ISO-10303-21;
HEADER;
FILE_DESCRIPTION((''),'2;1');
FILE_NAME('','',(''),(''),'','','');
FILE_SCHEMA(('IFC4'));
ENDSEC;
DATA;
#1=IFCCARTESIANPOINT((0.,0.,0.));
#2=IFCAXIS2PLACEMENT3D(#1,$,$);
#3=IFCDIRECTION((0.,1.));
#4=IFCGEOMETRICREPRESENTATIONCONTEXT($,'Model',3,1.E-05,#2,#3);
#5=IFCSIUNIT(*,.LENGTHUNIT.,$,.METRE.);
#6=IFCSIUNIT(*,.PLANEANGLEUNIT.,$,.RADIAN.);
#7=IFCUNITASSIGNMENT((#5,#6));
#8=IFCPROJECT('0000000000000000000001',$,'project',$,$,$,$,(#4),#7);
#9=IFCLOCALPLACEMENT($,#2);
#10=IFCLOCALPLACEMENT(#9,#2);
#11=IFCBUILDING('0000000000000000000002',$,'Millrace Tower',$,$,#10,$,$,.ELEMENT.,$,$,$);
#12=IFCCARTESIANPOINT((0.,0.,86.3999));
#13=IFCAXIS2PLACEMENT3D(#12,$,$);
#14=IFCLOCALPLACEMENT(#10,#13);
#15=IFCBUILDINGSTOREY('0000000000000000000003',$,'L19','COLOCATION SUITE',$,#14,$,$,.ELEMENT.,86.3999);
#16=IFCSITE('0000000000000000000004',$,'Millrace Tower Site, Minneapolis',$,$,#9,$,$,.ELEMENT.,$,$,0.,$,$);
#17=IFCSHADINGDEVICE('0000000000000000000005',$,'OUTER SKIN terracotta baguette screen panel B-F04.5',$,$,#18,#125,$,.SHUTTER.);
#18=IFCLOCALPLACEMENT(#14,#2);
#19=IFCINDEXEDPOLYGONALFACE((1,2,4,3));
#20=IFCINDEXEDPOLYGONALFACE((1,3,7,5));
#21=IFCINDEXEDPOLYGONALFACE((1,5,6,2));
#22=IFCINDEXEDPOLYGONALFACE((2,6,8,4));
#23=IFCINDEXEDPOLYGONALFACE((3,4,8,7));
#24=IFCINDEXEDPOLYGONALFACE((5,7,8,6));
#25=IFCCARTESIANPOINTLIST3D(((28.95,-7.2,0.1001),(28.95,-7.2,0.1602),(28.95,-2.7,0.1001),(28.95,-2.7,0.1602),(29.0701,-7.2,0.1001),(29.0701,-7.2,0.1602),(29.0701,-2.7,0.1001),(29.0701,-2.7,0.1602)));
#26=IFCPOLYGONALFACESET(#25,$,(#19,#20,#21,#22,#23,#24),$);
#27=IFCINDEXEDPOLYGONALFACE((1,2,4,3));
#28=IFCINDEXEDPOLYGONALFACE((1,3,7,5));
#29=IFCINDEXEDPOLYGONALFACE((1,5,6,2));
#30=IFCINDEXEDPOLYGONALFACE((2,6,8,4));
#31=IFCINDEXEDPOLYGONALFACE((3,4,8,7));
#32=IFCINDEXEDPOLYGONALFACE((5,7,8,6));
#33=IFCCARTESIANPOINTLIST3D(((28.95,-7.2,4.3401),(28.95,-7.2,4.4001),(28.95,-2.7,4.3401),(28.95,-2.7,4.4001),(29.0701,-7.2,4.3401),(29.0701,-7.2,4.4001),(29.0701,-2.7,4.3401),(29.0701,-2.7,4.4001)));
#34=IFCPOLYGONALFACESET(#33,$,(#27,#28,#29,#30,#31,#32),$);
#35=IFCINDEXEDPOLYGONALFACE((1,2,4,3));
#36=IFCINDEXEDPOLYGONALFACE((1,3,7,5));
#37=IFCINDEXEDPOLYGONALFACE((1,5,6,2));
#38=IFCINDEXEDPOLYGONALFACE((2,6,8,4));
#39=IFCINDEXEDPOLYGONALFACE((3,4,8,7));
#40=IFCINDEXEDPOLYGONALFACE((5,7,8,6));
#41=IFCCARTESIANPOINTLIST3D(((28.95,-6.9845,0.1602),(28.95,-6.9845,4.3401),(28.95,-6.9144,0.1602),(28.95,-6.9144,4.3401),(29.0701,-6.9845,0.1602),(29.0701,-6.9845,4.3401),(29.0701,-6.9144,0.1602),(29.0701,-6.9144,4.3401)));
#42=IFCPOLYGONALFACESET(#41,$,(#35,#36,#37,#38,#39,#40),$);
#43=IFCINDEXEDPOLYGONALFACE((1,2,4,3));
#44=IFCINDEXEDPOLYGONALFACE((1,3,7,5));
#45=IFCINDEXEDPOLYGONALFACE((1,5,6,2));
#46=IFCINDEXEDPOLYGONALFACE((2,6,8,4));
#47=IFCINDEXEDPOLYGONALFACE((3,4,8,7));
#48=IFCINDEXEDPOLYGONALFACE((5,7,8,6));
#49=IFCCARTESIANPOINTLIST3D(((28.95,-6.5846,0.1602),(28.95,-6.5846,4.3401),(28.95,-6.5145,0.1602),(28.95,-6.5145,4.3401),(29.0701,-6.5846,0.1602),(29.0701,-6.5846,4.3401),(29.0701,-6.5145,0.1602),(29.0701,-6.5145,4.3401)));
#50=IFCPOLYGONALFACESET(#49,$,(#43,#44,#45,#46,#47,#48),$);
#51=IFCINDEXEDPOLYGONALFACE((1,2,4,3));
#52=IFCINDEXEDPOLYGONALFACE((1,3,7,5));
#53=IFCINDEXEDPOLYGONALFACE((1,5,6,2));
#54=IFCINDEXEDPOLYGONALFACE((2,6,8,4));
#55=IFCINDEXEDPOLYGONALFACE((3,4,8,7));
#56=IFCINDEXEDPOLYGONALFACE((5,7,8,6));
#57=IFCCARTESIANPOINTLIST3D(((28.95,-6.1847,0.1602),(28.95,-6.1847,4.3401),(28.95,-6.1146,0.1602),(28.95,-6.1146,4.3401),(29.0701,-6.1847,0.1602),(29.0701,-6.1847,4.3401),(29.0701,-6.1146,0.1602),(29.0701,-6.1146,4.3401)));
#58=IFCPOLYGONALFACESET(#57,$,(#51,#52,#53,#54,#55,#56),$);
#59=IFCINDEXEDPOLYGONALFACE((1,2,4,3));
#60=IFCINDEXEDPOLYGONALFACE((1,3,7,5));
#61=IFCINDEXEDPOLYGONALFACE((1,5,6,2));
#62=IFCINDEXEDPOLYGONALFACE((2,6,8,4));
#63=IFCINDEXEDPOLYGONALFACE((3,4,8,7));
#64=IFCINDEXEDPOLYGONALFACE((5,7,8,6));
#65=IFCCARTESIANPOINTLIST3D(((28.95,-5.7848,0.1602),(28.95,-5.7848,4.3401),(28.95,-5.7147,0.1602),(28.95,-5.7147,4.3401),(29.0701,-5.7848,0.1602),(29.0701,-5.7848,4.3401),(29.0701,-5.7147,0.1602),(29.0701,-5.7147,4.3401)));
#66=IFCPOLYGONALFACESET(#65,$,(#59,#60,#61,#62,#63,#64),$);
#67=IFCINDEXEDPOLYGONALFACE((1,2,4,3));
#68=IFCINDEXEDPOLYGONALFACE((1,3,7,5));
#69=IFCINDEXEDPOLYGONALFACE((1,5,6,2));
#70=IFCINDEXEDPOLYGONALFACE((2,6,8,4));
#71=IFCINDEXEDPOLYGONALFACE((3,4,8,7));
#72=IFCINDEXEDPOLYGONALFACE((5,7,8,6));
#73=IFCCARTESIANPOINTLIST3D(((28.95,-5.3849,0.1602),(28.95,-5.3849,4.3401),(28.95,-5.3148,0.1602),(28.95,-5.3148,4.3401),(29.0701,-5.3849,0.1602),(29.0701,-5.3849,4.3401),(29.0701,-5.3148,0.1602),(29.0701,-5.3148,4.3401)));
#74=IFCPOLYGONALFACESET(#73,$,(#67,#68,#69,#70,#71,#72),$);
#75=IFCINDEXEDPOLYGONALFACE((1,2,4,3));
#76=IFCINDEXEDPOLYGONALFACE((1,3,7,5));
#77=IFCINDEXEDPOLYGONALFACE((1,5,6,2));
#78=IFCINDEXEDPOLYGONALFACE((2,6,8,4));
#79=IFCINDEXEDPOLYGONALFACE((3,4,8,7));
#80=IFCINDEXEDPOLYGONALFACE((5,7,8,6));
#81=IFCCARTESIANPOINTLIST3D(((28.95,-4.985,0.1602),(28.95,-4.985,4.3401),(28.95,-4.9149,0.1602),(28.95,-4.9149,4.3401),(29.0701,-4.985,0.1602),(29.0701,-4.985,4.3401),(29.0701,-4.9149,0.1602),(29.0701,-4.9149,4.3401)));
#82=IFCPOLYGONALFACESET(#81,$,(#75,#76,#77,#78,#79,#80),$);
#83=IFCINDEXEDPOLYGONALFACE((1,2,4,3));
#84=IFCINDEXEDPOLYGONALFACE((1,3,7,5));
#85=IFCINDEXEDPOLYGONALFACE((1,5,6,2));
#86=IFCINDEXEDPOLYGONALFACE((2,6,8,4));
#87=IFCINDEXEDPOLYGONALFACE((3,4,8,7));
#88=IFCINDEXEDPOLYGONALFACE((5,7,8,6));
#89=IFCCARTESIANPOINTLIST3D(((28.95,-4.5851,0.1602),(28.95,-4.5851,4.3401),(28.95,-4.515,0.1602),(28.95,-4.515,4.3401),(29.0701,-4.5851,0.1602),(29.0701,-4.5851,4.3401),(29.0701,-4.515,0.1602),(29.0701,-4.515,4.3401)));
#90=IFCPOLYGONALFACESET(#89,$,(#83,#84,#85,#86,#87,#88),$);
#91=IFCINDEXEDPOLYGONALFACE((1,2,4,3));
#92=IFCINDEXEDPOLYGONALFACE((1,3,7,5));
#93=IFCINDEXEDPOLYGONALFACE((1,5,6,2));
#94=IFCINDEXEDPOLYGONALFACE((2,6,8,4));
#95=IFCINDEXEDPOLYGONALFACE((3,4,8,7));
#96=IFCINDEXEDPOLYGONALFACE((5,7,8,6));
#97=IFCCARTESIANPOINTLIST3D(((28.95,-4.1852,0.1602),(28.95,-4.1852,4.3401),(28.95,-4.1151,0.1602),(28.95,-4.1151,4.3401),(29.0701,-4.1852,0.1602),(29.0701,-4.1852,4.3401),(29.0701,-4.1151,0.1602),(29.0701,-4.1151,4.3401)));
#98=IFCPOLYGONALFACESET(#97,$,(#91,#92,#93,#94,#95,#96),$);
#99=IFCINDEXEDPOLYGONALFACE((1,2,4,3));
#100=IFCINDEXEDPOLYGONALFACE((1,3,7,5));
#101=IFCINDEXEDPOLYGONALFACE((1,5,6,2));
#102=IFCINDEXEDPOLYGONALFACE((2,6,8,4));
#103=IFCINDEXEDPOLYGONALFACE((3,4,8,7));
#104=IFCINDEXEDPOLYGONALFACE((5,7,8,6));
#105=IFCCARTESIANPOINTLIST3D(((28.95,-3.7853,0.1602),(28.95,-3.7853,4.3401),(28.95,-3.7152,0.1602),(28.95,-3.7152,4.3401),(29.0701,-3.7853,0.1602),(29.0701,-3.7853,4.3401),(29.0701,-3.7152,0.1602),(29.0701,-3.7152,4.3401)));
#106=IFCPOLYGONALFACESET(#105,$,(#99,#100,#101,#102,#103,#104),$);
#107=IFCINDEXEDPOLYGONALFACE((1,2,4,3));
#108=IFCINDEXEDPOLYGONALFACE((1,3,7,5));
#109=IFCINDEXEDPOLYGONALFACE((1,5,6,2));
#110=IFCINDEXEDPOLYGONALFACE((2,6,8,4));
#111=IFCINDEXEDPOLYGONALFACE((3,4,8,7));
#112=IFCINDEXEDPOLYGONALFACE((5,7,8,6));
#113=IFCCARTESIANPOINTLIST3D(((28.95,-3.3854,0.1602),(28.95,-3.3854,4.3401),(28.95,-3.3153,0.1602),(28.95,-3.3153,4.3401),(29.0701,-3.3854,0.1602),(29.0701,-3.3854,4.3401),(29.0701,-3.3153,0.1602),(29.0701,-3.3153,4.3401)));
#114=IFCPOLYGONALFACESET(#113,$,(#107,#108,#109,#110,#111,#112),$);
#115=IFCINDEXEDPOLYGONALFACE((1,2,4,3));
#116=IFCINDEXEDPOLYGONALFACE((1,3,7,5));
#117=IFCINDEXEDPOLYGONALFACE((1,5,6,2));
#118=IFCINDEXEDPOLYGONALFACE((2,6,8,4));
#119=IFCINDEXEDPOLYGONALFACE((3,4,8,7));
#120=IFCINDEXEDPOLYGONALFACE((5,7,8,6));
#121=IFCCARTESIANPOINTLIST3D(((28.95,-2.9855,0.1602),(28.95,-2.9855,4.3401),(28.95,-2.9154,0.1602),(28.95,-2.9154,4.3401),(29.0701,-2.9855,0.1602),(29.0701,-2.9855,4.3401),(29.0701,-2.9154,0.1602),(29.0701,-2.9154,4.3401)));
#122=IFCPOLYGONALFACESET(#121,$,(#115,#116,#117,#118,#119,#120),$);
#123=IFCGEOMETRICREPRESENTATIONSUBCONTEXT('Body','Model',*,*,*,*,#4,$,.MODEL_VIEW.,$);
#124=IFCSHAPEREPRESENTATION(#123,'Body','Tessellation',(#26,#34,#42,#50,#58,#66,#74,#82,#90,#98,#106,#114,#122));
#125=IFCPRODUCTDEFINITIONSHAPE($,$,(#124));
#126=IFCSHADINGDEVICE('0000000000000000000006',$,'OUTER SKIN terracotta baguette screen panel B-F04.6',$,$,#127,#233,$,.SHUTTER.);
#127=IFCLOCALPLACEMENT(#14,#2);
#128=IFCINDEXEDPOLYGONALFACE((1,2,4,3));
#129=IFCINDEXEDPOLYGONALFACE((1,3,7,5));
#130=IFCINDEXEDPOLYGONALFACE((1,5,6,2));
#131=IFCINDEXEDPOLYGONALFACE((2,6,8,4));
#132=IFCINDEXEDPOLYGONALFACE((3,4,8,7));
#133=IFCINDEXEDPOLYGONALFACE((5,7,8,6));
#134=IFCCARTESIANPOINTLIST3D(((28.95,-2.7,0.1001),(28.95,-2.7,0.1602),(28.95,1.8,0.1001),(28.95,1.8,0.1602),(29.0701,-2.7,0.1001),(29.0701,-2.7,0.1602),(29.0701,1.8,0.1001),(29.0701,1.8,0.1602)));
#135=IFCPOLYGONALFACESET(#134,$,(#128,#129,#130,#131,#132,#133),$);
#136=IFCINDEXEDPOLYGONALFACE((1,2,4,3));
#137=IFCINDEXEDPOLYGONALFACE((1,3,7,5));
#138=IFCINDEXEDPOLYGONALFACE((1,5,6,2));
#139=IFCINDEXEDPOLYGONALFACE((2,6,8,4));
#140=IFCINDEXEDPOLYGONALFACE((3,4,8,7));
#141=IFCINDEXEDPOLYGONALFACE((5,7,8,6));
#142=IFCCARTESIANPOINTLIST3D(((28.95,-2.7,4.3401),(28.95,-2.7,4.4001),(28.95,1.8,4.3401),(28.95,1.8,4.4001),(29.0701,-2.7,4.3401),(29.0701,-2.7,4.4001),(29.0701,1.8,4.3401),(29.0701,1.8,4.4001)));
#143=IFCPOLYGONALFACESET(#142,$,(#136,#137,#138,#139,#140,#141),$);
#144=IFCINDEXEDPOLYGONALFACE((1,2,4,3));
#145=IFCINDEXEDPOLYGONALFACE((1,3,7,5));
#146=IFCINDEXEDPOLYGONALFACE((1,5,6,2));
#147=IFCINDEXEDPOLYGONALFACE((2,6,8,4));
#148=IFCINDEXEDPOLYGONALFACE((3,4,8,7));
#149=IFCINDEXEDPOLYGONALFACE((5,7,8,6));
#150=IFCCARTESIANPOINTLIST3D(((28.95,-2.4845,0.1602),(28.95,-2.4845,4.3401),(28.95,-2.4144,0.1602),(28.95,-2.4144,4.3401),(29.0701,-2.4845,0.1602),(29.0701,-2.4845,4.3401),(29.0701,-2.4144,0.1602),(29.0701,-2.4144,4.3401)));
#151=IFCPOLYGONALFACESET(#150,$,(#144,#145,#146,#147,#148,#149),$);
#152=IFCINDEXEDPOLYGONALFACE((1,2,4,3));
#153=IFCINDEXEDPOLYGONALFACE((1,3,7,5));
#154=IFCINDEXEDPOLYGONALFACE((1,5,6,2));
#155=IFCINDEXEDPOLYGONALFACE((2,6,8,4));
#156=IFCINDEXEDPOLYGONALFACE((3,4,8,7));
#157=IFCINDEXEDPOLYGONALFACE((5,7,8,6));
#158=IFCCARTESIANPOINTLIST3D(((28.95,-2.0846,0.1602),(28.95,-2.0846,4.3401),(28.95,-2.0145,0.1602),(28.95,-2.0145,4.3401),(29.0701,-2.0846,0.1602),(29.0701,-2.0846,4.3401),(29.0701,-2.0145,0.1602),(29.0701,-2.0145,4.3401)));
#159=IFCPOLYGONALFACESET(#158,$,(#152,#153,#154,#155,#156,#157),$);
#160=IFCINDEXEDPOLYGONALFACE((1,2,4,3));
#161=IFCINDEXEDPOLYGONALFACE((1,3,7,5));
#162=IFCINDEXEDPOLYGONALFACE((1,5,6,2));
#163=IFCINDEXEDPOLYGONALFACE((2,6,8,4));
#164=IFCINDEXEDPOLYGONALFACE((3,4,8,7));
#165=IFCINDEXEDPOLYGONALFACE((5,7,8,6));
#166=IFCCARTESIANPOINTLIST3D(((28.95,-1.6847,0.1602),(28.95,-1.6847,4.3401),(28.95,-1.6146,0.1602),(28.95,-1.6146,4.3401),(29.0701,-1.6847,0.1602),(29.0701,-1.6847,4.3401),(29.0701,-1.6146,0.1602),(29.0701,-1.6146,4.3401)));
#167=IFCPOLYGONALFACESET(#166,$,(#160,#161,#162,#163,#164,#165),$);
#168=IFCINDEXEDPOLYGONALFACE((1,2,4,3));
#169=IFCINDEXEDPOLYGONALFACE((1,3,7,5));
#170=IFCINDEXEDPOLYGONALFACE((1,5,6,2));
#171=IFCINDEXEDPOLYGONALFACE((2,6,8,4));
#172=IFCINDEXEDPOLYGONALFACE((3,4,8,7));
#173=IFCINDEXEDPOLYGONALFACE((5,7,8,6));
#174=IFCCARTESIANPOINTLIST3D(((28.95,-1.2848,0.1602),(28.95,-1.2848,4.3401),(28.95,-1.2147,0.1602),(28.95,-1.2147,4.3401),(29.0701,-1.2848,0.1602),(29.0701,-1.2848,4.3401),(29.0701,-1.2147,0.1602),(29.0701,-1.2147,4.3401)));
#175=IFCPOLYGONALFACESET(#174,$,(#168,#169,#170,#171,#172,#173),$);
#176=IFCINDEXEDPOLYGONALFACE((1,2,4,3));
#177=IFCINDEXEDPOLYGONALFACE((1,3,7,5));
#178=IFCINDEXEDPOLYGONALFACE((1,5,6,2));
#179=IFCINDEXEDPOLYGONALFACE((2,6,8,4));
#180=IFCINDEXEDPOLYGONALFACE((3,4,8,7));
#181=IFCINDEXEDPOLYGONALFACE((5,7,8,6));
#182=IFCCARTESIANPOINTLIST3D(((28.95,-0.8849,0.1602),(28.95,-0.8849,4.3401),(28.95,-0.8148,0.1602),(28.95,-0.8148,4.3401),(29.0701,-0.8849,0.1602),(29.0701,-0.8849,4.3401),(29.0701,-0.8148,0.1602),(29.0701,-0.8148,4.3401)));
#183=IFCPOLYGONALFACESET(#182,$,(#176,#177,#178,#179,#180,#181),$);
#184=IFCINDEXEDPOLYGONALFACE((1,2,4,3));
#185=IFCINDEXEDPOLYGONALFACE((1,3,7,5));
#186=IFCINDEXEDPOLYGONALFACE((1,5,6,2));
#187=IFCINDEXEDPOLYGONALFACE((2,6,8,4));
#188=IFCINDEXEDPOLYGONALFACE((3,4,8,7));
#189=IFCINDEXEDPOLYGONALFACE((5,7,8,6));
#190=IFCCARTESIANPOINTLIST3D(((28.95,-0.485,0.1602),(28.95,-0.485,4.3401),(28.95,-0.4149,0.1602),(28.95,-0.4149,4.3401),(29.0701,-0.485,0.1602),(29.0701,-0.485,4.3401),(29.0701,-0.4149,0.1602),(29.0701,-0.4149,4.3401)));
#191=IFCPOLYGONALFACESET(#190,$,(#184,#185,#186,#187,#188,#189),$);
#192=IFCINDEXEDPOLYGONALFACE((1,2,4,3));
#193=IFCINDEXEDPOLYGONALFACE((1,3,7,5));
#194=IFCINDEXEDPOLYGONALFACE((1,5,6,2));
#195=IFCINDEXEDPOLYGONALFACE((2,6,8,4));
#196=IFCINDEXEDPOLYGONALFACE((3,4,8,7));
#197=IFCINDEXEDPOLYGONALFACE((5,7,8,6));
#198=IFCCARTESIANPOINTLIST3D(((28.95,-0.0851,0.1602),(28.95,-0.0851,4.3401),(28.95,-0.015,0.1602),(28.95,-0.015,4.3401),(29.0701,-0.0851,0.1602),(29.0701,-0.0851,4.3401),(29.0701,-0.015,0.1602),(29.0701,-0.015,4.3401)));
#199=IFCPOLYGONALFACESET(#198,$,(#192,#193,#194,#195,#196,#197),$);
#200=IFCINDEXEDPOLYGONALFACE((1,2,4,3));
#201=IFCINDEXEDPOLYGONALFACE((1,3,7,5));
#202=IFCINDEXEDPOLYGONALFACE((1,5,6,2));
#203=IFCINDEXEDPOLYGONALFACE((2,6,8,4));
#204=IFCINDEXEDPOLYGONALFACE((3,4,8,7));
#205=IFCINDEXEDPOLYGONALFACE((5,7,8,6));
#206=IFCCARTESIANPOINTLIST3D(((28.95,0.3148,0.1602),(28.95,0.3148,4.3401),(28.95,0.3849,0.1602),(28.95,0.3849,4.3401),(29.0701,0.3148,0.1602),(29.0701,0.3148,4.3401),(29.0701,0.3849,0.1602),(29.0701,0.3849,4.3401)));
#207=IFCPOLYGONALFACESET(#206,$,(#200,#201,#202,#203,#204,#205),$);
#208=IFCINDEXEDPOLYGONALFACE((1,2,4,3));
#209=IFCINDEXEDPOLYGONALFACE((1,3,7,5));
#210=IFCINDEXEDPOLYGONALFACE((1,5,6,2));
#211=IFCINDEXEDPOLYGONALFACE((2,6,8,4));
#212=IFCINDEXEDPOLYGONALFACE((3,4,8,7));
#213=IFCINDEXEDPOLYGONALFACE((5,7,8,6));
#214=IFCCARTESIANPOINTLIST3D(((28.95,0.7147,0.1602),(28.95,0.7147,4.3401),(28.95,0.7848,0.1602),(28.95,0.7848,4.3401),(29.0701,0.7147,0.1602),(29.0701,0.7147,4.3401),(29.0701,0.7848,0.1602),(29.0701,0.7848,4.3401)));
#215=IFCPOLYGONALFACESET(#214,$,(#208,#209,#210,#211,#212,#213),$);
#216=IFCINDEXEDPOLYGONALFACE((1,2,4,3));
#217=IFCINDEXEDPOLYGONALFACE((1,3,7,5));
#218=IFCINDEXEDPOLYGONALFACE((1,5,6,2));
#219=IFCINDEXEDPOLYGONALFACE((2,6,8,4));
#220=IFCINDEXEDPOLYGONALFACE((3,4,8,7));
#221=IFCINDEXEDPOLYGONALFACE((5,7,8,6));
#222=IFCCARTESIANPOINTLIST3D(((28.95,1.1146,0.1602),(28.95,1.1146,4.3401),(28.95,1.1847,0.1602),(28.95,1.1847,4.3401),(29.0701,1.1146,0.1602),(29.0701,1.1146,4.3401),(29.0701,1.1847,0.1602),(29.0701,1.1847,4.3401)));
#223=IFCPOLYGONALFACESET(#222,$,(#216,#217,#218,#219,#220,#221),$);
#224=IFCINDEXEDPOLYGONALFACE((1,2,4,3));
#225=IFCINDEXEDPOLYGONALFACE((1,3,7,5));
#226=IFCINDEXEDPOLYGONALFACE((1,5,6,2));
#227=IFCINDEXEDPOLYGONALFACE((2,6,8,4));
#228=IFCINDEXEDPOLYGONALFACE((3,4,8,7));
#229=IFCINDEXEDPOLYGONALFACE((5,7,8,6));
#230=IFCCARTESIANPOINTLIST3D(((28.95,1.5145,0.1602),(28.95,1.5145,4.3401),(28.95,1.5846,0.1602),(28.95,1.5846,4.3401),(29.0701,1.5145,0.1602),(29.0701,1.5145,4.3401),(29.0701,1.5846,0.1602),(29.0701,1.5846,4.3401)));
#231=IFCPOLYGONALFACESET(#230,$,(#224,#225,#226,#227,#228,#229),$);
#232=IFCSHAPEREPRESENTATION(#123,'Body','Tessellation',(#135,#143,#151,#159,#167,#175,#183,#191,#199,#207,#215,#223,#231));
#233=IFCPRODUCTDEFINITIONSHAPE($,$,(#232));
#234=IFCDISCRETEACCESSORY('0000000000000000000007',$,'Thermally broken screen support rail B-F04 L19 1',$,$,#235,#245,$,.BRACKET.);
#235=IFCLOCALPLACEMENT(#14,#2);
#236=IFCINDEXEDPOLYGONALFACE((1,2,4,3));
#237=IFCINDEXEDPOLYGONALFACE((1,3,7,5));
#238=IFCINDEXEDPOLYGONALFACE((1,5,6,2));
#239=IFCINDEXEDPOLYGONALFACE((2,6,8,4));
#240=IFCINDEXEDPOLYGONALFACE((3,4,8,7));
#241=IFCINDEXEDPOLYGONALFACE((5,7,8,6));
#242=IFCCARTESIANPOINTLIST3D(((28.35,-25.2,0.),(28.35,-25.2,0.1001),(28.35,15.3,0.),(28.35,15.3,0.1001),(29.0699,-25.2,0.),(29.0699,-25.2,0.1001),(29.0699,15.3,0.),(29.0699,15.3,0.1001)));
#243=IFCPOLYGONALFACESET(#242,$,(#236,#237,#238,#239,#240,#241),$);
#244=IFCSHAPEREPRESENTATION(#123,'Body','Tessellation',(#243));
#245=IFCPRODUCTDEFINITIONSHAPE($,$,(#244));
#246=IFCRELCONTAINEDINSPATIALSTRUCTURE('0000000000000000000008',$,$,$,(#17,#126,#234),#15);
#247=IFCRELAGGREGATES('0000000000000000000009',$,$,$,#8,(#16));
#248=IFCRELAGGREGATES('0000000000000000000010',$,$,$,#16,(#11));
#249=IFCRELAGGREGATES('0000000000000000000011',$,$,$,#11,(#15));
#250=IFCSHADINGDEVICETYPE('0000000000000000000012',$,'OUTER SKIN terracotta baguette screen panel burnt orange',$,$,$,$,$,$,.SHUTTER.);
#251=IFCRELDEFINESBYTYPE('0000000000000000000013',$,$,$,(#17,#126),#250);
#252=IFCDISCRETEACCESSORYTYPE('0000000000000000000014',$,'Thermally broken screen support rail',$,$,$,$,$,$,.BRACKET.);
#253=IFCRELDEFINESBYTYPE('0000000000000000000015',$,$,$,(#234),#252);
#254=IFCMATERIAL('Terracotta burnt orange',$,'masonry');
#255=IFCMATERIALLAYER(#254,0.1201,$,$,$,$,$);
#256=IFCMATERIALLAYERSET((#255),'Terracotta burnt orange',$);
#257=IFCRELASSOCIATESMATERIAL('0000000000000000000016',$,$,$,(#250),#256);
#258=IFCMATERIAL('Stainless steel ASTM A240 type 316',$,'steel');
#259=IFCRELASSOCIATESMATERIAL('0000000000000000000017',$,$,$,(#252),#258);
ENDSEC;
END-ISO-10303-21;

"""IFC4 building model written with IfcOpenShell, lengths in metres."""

from ifc_helpers import new_model, entity, si_unit, direction, frame, frame_2d, origin, origin_2d, place, context, subcontext, project, spatial, rectangle, extrude, source, transform, mapped, material, layer, layer_set, type_object, element, save


model = new_model("IFC4")

# Units and contexts
model_context = context("Model", 3, precision=1e-05, world=origin(), true_north=direction((0.0, 1.0)))
body_context = subcontext(model_context, "Body", "Model", "MODEL_VIEW")
ifc_project = project(units=[si_unit("LENGTHUNIT", "METRE"), si_unit("PLANEANGLEUNIT", "RADIAN")], contexts=[model_context])

# Site, building, storey
site_placement = place(None, origin())
site = spatial("IfcSite", under=ifc_project, at=site_placement, Name="Millrace Tower Site, Minneapolis", CompositionType="ELEMENT", RefElevation=0.0)
building_placement = place(site_placement, origin())
building = spatial("IfcBuilding", under=site, at=building_placement, Name="Millrace Tower", CompositionType="ELEMENT")
storey_placement = place(building_placement, frame((0.0, 0.0, 86.3999)))
storey = spatial("IfcBuildingStorey", under=building, at=storey_placement, Name="L19", Description="COLOCATION SUITE", CompositionType="ELEMENT", Elevation=86.3999)

# Shading devices
ifc_material_1 = material(Name="Terracotta burnt orange", Category="masonry")
ifc_layer_1 = layer(ifc_material_1, 0.1201)
ifc_layer_set_1 = layer_set([ifc_layer_1], Name="Terracotta burnt orange")
shading_device_type = type_object("IfcShadingDeviceType", Name="OUTER SKIN terracotta baguette screen panel burnt orange", PredefinedType="SHUTTER", material=ifc_layer_set_1)
cartesian_point = entity("IfcCartesianPoint", [-2.25, 0.0601])
shared_polyline = entity("IfcPolyline", [cartesian_point, entity("IfcCartesianPoint", [2.25, 0.0601]), entity("IfcCartesianPoint", [2.25, -0.0601]), entity("IfcCartesianPoint", [-2.25, -0.0601]), cartesian_point])
shared_shape = source(origin(), body_context, "Body", "SweptSolid", [
    entity("IfcExtrudedAreaSolid", entity("IfcArbitraryClosedProfileDef", "AREA", None, shared_polyline), entity("IfcAxis2Placement3D", entity("IfcCartesianPoint", [0.0, 0.0, 0.0])), entity("IfcDirection", [0.0, 0.0, 1.0]), 0.0601),
    entity("IfcExtrudedAreaSolid", entity("IfcArbitraryClosedProfileDef", "AREA", None, shared_polyline), entity("IfcAxis2Placement3D", entity("IfcCartesianPoint", [0.0, 0.0, 4.24])), entity("IfcDirection", [0.0, 0.0, 1.0]), 0.0601),
    extrude(rectangle(XDim=0.0701, YDim=0.1201, at=frame_2d((-1.9995, 0.0))), frame((0.0, 0.0, 0.0601)), (0.0, 0.0, 1.0), 4.1799),
    extrude(rectangle(XDim=0.0701, YDim=0.1201, at=frame_2d((-1.5996, 0.0))), frame((0.0, 0.0, 0.0601)), (0.0, 0.0, 1.0), 4.1799),
    extrude(rectangle(XDim=0.0701, YDim=0.1201, at=frame_2d((-1.1997, 0.0))), frame((0.0, 0.0, 0.0601)), (0.0, 0.0, 1.0), 4.1799),
    extrude(rectangle(XDim=0.0701, YDim=0.1201, at=frame_2d((-0.7998, 0.0))), frame((0.0, 0.0, 0.0601)), (0.0, 0.0, 1.0), 4.1799),
    extrude(rectangle(XDim=0.0701, YDim=0.1201, at=frame_2d((-0.3999, 0.0))), frame((0.0, 0.0, 0.0601)), (0.0, 0.0, 1.0), 4.1799),
    extrude(rectangle(XDim=0.0701, YDim=0.1201, at=origin_2d()), frame((0.0, 0.0, 0.0601)), (0.0, 0.0, 1.0), 4.1799),
    extrude(rectangle(XDim=0.0701, YDim=0.1201, at=frame_2d((0.3999, 0.0))), frame((0.0, 0.0, 0.0601)), (0.0, 0.0, 1.0), 4.1799),
    extrude(rectangle(XDim=0.0701, YDim=0.1201, at=frame_2d((0.7998, 0.0))), frame((0.0, 0.0, 0.0601)), (0.0, 0.0, 1.0), 4.1799),
    extrude(rectangle(XDim=0.0701, YDim=0.1201, at=frame_2d((1.1997, 0.0))), frame((0.0, 0.0, 0.0601)), (0.0, 0.0, 1.0), 4.1799),
    extrude(rectangle(XDim=0.0701, YDim=0.1201, at=frame_2d((1.5996, 0.0))), frame((0.0, 0.0, 0.0601)), (0.0, 0.0, 1.0), 4.1799),
    extrude(rectangle(XDim=0.0701, YDim=0.1201, at=frame_2d((1.9995, 0.0))), frame((0.0, 0.0, 0.0601)), (0.0, 0.0, 1.0), 4.1799),
])
for number, where, z_axis, x_axis, name in (
    (1, (29.01, -4.95, 0.1001), (0.0, 0.0, 1.0), (0.0, 1.0, 0.0), "OUTER SKIN terracotta baguette screen panel B-F04.5"),
    (2, (29.01, -0.45, 0.1001), (0.0, 0.0, 1.0), (0.0, 1.0, 0.0), "OUTER SKIN terracotta baguette screen panel B-F04.6"),
):
    element("IfcShadingDevice", number, at=place(storey_placement, frame(where, z_axis=z_axis, x_axis=x_axis)), inside=storey, type_object=shading_device_type, Name=name, PredefinedType="SHUTTER", context=body_context, shape_type="MappedRepresentation", body=[
        mapped(shared_shape, transform((0.0, 0.0, 0.0), scale=1.0)),
    ])

# Discrete accessory
ifc_material_2 = material(Name="Stainless steel ASTM A240 type 316", Category="steel")
discrete_accessory_type = type_object("IfcDiscreteAccessoryType", Name="Thermally broken screen support rail", PredefinedType="BRACKET", material=ifc_material_2)
discrete_accessory_placement = place(storey_placement, frame((28.71, -4.95, 0.0), z_axis=(0.0, 0.0, 1.0), x_axis=(0.0, 1.0, 0.0)))
element("IfcDiscreteAccessory", 3, at=discrete_accessory_placement, inside=storey, type_object=discrete_accessory_type, Name="Thermally broken screen support rail B-F04 L19 1", PredefinedType="BRACKET", context=body_context, shape_type="SweptSolid", body=[
    extrude(rectangle(XDim=40.5, YDim=0.72, at=origin_2d()), origin(), (0.0, 0.0, 1.0), 0.1001),
])

save(model, "model.ifc")
